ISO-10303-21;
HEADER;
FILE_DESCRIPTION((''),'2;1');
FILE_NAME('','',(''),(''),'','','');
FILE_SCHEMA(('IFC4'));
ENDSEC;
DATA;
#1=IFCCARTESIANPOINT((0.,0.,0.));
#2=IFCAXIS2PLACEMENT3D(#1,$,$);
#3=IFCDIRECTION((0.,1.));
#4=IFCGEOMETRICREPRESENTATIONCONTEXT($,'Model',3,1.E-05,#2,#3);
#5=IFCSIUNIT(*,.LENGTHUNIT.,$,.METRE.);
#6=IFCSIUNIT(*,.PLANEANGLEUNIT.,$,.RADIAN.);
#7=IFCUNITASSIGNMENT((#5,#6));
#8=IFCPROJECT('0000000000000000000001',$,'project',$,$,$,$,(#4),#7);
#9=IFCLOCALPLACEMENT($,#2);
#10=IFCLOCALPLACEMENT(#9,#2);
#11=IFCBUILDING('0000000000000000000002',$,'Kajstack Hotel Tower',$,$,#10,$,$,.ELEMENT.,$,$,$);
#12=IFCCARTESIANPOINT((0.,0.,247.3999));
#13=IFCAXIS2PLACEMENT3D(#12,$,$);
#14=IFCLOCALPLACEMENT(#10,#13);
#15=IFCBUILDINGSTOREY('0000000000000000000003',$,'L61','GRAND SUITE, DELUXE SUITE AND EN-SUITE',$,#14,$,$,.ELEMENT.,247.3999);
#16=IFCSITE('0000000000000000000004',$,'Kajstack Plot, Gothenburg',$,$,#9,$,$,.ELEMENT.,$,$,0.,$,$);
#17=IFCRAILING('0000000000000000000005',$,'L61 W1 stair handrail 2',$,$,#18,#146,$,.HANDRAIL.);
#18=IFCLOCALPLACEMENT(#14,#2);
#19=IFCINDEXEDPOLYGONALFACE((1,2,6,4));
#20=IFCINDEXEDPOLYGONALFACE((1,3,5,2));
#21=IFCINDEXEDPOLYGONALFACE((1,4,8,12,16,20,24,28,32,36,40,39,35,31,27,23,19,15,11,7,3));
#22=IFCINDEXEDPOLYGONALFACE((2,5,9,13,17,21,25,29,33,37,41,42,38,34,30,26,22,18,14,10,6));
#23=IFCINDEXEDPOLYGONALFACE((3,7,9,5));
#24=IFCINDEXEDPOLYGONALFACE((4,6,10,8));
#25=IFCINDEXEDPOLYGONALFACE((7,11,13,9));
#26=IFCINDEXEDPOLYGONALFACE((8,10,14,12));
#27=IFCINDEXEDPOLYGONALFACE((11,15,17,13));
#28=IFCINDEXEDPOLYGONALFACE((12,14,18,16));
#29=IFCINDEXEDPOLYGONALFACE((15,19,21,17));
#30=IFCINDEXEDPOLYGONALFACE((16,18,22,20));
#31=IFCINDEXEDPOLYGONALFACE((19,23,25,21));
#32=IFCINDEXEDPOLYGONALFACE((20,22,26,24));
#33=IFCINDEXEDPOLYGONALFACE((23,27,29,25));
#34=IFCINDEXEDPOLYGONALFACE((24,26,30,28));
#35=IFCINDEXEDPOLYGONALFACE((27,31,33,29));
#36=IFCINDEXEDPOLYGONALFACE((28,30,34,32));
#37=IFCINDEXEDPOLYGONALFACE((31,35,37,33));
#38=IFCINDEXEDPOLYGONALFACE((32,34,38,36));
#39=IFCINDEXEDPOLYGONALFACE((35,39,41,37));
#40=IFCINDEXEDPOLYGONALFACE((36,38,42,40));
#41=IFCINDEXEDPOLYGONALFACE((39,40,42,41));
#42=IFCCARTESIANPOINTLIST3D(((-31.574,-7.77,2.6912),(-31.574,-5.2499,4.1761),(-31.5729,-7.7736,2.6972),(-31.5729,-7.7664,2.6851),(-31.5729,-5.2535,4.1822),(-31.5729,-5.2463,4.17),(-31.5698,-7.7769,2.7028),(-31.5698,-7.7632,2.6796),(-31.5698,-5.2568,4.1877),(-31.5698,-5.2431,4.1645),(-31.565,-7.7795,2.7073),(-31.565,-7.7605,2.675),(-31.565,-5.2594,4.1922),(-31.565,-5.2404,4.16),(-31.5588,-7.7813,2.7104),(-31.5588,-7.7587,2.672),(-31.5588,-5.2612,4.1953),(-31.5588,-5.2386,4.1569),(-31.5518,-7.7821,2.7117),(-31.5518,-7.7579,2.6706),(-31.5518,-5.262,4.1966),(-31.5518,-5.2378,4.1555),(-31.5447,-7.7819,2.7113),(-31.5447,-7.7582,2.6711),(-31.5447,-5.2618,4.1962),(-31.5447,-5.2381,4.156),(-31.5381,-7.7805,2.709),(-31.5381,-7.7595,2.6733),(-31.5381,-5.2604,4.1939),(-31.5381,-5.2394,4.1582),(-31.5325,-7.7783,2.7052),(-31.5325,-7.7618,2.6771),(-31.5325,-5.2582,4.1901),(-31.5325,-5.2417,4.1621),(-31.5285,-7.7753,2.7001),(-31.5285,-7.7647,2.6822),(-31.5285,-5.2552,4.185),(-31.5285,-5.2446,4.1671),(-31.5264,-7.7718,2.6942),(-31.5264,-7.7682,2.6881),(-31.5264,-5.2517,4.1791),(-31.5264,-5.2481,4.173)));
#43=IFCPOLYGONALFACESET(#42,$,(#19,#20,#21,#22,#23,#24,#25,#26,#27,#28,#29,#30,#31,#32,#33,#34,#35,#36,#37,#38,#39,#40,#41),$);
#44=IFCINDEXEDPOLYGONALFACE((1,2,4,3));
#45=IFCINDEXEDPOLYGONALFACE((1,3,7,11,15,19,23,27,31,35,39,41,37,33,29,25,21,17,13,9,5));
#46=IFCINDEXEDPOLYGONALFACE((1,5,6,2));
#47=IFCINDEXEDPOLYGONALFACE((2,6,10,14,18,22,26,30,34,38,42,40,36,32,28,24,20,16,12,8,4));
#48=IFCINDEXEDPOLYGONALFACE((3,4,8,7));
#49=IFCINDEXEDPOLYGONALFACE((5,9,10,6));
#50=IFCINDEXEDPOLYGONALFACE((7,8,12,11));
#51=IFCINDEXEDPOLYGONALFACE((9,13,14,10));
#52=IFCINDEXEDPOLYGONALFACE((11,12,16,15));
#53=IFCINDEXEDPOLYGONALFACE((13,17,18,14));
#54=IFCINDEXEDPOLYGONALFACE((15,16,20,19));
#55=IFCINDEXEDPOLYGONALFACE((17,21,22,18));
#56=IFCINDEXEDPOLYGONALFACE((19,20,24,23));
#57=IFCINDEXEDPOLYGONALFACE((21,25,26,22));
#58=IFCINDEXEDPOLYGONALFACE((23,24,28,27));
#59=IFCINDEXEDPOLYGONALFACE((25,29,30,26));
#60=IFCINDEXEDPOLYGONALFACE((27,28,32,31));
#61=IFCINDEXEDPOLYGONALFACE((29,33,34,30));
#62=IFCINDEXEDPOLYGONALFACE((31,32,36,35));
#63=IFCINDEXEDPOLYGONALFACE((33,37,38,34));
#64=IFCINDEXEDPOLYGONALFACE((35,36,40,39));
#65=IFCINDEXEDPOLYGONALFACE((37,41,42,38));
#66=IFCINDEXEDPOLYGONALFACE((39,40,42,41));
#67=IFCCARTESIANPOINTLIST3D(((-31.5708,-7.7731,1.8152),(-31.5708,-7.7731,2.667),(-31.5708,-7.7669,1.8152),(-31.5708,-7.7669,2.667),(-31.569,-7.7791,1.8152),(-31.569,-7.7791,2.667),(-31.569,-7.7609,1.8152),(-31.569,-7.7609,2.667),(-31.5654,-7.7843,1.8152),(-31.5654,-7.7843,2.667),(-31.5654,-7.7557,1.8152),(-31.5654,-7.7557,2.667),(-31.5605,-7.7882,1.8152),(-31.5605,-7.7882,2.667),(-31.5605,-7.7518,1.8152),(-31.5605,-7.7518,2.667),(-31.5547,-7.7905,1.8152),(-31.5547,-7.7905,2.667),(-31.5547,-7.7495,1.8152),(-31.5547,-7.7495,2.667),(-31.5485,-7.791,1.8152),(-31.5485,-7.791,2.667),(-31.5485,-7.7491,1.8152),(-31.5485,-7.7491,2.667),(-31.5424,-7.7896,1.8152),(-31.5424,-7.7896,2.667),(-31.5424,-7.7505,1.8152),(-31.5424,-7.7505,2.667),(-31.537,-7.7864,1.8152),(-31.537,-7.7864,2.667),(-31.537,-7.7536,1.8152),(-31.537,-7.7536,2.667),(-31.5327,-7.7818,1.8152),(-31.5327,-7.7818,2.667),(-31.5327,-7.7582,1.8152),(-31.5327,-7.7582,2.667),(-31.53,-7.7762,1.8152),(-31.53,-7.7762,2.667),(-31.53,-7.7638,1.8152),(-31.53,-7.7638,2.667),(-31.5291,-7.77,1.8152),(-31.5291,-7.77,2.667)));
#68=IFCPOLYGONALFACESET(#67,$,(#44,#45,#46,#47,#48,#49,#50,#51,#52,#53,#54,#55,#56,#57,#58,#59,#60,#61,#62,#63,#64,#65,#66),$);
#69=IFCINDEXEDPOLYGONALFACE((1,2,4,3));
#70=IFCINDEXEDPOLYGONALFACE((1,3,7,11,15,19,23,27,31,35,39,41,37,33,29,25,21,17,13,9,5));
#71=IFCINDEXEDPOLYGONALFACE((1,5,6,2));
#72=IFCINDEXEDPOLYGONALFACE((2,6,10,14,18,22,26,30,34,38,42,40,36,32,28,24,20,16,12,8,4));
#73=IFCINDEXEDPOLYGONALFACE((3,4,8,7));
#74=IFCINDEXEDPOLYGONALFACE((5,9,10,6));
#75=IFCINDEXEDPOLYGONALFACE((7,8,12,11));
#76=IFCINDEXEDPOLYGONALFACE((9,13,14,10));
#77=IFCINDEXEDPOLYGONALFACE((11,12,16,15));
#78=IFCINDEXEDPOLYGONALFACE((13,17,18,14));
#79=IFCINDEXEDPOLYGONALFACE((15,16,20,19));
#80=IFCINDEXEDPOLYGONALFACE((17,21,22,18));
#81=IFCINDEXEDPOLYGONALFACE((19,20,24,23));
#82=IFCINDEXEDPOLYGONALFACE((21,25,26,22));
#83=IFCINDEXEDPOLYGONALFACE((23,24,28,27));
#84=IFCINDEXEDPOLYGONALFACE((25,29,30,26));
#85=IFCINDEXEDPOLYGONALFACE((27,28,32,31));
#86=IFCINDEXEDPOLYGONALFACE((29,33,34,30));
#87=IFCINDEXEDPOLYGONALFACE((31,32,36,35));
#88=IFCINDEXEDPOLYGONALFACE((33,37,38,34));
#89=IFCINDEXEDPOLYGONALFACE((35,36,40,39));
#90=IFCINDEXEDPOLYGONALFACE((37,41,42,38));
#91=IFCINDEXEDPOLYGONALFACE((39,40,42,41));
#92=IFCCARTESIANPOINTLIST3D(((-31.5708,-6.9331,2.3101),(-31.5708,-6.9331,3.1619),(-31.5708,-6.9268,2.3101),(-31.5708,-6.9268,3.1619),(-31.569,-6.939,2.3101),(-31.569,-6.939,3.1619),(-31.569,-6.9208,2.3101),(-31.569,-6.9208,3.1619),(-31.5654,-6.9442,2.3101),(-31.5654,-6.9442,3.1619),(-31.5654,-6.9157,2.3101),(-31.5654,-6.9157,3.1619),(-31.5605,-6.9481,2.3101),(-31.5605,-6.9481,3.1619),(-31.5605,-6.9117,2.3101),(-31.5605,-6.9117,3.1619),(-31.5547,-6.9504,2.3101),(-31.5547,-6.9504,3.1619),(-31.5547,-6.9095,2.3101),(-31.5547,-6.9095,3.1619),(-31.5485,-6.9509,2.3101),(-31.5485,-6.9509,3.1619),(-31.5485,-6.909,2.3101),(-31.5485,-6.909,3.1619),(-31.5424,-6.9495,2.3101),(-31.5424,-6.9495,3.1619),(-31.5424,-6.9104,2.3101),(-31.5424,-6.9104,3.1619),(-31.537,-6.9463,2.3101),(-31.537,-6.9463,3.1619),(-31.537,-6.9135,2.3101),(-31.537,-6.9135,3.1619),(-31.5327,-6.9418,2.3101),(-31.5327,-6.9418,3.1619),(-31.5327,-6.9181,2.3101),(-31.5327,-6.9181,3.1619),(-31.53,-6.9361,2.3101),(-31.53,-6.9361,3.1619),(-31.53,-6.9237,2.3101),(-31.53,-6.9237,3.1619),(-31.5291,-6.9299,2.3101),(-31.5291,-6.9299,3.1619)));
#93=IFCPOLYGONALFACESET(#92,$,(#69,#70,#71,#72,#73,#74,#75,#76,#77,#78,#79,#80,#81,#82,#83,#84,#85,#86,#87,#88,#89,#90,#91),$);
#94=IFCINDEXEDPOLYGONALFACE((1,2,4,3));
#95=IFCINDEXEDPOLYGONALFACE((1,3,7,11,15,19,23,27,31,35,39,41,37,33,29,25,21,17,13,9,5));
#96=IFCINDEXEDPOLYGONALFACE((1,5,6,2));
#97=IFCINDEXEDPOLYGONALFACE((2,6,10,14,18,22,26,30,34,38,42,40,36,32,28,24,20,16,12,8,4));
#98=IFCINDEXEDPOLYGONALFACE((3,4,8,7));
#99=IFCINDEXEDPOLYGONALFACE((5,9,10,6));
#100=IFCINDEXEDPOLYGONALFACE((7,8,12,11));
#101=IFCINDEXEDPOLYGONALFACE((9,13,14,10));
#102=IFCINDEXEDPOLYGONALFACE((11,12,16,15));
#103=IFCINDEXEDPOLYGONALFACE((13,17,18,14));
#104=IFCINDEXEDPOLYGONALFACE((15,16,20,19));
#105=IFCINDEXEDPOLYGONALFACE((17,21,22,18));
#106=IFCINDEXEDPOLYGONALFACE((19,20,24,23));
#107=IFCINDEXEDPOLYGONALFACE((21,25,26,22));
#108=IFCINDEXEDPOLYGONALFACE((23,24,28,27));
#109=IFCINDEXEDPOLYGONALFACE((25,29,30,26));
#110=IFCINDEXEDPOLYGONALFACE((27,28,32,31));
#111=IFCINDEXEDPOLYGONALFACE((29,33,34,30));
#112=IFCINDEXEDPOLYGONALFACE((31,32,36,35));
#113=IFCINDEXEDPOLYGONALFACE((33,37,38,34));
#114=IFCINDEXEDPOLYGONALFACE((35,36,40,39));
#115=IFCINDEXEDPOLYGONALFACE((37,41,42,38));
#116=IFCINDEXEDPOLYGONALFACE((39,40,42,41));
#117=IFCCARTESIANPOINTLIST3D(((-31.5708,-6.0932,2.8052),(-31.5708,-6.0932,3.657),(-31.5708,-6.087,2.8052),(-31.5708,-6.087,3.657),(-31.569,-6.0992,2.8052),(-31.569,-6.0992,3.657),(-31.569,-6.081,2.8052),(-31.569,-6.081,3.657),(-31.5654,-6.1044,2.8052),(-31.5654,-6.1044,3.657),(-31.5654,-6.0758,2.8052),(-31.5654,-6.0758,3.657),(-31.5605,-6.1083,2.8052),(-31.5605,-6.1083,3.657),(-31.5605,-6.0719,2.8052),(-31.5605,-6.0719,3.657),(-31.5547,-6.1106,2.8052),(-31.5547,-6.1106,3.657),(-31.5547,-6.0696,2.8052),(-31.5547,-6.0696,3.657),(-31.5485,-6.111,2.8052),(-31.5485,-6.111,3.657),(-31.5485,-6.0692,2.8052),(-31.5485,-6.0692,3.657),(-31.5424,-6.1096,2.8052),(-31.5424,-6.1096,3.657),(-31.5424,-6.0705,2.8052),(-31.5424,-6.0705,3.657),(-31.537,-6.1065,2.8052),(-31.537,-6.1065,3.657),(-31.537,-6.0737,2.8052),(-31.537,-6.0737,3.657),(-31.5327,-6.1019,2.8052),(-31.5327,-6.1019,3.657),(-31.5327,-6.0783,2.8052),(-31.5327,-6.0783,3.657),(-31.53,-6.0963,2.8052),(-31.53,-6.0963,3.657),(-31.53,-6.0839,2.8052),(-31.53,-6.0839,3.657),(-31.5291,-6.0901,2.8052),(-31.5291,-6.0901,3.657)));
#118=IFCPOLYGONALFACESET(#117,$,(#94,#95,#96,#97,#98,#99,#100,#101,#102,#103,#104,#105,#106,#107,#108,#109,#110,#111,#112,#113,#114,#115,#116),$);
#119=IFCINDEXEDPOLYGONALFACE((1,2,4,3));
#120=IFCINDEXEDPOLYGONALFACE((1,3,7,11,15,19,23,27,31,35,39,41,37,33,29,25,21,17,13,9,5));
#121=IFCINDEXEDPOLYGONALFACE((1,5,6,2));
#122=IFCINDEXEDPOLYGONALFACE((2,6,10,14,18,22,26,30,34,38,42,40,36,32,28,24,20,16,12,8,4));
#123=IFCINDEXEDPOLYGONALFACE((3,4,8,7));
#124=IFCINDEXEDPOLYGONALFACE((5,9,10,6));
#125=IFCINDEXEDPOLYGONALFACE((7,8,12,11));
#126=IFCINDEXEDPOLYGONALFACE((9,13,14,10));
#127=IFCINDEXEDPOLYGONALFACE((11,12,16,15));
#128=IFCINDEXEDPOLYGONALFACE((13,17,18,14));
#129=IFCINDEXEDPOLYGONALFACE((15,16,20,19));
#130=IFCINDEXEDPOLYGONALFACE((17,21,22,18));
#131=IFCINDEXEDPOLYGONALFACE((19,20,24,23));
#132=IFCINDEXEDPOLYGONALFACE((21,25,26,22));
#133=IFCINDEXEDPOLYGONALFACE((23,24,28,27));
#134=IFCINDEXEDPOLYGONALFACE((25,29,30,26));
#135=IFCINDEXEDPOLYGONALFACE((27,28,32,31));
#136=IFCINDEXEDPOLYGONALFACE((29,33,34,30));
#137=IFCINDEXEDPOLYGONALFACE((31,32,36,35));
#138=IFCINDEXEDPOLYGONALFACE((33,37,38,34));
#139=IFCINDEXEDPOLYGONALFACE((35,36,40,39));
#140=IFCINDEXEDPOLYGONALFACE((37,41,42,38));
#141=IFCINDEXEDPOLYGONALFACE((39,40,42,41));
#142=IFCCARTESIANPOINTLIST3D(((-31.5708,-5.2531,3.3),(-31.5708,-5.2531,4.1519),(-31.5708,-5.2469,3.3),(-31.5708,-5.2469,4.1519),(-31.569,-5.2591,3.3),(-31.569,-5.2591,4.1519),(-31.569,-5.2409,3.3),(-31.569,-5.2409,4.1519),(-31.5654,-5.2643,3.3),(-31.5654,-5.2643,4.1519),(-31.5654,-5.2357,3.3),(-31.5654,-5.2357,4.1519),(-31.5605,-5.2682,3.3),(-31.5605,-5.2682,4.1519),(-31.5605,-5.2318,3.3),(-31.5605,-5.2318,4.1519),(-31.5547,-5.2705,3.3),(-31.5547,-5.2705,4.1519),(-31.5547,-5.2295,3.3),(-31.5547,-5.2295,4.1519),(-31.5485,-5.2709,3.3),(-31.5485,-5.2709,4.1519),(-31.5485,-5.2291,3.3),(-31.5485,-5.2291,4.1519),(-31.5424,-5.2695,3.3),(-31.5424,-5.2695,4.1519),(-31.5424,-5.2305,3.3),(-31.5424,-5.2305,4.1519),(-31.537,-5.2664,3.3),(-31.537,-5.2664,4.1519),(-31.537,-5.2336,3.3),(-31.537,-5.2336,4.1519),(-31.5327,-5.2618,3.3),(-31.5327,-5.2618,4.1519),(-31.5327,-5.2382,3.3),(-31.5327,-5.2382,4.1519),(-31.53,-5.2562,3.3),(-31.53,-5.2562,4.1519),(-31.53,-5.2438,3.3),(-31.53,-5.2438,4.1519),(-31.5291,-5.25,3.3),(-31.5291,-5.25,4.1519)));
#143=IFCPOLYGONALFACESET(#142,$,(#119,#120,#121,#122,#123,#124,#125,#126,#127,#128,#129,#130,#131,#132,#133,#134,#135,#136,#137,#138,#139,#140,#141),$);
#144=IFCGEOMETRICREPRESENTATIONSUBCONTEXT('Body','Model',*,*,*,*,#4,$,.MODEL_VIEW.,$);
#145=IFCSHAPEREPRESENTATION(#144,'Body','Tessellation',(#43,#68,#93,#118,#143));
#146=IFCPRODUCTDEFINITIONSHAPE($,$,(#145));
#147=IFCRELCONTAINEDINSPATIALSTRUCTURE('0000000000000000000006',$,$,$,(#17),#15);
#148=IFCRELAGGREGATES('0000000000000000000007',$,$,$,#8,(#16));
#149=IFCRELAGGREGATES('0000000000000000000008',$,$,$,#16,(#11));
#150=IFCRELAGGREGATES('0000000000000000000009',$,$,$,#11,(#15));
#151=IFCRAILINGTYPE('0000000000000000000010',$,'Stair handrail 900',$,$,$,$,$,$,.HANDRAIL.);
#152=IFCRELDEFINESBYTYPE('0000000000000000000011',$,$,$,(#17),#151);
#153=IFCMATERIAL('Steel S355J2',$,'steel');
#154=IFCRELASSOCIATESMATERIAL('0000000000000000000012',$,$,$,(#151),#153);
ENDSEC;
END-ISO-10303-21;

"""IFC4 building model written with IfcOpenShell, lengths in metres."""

from ifc_helpers import new_model, si_unit, direction, frame, origin, origin_2d, place, context, subcontext, project, spatial, circle, extrude, material, type_object, element, save


model = new_model("IFC4")

# Units and contexts
model_context = context("Model", 3, precision=1e-05, world=origin(), true_north=direction((0.0, 1.0)))
body_context = subcontext(model_context, "Body", "Model", "MODEL_VIEW")
ifc_project = project(units=[si_unit("LENGTHUNIT", "METRE"), si_unit("PLANEANGLEUNIT", "RADIAN")], contexts=[model_context])

# Site, building, storey
site_placement = place(None, origin())
site = spatial("IfcSite", under=ifc_project, at=site_placement, Name="Kajstack Plot, Gothenburg", CompositionType="ELEMENT", RefElevation=0.0)
building_placement = place(site_placement, origin())
building = spatial("IfcBuilding", under=site, at=building_placement, Name="Kajstack Hotel Tower", CompositionType="ELEMENT")
storey_placement = place(building_placement, frame((0.0, 0.0, 247.3999)))
storey = spatial("IfcBuildingStorey", under=building, at=storey_placement, Name="L61", Description="GRAND SUITE, DELUXE SUITE AND EN-SUITE", CompositionType="ELEMENT", Elevation=247.3999)

# Railing
ifc_material_1 = material(Name="Steel S355J2", Category="steel")
railing_type_1 = type_object("IfcRailingType", Name="Stair handrail 900", PredefinedType="HANDRAIL", material=ifc_material_1)
railing_1_placement = place(storey_placement, frame((-31.55, -7.77, 1.8152)))
element("IfcRailing", 1, at=railing_1_placement, inside=storey, type_object=railing_type_1, Name="L61 W1 stair handrail 2", PredefinedType="HANDRAIL", context=body_context, shape_type="SweptSolid", body=[
    extrude(circle(Radius=0.0239, at=origin_2d()), frame((0.0, 0.0, 0.876), z_axis=(0.0, 0.861561, 0.507655), x_axis=(-1.0, 0.0, 0.0)), (0.0, 0.0, 1.0), 2.925),
    extrude(circle(Radius=0.021, at=origin_2d()), origin(), (0.0, 0.0, 1.0), 0.8518),
    extrude(circle(Radius=0.021, at=origin_2d()), frame((0.0, 0.8401, 0.4949)), (0.0, 0.0, 1.0), 0.8518),
    extrude(circle(Radius=0.021, at=origin_2d()), frame((0.0, 1.6799, 0.99)), (0.0, 0.0, 1.0), 0.8518),
    extrude(circle(Radius=0.021, at=origin_2d()), frame((0.0, 2.52, 1.4849)), (0.0, 0.0, 1.0), 0.8518),
])

save(model, "model.ifc")
